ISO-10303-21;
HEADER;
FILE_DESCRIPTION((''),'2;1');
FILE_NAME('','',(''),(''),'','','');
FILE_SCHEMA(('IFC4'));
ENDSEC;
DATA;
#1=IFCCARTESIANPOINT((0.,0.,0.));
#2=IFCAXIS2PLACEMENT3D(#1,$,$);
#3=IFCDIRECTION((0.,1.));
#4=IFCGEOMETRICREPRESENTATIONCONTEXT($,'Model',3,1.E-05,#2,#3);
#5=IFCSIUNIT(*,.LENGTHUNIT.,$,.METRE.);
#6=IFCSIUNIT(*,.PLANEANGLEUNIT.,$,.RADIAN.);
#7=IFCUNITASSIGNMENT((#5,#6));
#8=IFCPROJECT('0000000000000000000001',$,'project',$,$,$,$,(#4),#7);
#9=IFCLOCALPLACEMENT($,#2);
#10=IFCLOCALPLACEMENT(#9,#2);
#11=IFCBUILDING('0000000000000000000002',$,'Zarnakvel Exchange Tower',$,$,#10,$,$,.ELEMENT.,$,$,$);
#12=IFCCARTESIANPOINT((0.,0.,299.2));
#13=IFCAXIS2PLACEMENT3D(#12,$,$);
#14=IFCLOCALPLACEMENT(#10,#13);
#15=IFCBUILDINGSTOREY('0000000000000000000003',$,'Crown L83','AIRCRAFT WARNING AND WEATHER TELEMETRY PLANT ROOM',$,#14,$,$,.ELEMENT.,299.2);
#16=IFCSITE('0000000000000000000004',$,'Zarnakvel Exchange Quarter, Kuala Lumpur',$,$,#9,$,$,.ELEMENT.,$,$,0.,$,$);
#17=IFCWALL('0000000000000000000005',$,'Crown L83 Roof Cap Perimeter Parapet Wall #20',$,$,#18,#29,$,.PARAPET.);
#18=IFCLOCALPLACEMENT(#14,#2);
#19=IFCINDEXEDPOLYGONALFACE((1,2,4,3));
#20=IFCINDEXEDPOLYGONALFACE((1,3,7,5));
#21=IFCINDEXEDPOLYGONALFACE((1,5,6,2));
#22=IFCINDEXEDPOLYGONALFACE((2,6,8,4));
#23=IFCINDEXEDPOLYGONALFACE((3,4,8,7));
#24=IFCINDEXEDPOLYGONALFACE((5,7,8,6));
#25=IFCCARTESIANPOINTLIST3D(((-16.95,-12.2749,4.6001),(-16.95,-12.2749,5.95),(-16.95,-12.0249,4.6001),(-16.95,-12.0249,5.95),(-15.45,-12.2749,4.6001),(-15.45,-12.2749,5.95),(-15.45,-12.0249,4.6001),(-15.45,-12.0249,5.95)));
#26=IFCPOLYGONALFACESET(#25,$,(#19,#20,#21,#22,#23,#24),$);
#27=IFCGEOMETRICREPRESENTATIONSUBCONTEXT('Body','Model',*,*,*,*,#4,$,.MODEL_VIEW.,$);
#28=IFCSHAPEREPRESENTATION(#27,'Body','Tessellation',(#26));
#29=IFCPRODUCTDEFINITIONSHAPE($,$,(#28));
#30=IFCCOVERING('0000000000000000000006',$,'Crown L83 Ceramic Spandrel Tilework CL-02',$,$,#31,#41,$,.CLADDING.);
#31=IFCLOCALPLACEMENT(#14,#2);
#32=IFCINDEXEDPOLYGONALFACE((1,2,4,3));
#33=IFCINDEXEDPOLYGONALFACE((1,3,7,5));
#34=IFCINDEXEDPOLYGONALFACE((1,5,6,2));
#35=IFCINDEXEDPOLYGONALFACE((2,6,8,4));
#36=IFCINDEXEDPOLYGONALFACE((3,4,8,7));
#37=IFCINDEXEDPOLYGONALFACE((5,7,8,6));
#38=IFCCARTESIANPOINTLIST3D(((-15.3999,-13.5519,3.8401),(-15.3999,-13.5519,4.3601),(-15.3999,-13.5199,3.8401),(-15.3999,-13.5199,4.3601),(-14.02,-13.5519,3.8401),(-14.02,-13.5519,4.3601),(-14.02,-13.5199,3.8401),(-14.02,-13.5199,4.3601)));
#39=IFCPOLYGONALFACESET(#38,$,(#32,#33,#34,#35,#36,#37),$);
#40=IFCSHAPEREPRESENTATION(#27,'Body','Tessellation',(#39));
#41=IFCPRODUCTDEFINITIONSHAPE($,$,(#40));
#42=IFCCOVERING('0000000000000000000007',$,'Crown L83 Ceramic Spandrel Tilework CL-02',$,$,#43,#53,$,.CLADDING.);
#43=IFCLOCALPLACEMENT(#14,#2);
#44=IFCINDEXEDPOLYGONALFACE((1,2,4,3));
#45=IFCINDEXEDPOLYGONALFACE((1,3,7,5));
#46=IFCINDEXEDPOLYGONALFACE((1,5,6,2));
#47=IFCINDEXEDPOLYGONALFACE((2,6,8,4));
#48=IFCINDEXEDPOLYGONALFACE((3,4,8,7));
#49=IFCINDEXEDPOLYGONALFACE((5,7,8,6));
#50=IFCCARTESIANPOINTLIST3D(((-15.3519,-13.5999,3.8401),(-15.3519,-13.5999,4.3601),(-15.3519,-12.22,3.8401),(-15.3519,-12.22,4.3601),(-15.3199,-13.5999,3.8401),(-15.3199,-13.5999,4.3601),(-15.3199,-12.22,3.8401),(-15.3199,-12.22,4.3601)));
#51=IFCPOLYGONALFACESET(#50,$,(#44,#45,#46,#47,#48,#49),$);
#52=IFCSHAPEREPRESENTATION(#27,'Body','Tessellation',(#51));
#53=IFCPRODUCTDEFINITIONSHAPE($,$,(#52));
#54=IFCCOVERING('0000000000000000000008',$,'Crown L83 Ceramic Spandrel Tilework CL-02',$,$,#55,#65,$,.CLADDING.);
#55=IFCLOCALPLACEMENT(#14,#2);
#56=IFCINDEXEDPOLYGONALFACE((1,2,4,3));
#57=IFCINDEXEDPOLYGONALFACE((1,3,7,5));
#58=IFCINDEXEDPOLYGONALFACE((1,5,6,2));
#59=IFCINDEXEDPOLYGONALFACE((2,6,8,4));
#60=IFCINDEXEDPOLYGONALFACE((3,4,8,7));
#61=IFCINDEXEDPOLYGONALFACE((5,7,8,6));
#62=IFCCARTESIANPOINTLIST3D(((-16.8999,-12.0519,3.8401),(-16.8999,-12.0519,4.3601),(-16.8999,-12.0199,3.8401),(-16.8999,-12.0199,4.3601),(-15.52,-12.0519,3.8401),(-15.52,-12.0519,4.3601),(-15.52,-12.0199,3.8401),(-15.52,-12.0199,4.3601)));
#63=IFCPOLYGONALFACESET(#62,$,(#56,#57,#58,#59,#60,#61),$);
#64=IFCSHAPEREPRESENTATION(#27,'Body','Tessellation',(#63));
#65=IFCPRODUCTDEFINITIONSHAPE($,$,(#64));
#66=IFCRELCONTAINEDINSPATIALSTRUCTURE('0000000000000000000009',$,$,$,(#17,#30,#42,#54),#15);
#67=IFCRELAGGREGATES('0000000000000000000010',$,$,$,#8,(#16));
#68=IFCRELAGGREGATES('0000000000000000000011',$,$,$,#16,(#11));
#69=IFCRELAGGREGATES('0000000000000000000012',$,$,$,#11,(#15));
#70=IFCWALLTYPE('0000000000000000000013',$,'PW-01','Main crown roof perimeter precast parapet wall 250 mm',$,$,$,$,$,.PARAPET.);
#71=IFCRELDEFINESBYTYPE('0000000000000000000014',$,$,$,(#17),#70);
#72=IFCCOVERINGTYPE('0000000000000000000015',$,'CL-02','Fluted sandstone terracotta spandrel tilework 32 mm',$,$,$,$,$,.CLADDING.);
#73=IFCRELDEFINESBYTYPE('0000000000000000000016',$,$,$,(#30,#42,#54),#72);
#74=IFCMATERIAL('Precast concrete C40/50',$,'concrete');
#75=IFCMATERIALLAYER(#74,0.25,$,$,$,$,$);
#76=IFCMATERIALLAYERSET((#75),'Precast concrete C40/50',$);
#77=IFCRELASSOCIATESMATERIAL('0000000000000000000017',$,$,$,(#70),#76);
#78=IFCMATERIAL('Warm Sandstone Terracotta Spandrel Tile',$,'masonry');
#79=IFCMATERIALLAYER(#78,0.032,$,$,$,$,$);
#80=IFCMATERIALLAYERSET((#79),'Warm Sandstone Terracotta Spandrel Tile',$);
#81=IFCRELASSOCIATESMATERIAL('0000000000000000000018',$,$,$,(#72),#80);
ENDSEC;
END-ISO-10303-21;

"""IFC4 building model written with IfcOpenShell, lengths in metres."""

from ifc_helpers import new_model, si_unit, direction, frame, frame_2d, origin, origin_2d, place, context, subcontext, project, spatial, rectangle, extrude, source, transform, mapped, material, layer, layer_set, type_object, element, save


model = new_model("IFC4")

# Units and contexts
model_context = context("Model", 3, precision=1e-05, world=origin(), true_north=direction((0.0, 1.0)))
body_context = subcontext(model_context, "Body", "Model", "MODEL_VIEW")
ifc_project = project(units=[si_unit("LENGTHUNIT", "METRE"), si_unit("PLANEANGLEUNIT", "RADIAN")], contexts=[model_context])

# Site, building, storey
site_placement = place(None, origin())
site = spatial("IfcSite", under=ifc_project, at=site_placement, Name="Zarnakvel Exchange Quarter, Kuala Lumpur", CompositionType="ELEMENT", RefElevation=0.0)
building_placement = place(site_placement, origin())
building = spatial("IfcBuilding", under=site, at=building_placement, Name="Zarnakvel Exchange Tower", CompositionType="ELEMENT")
storey_placement = place(building_placement, frame((0.0, 0.0, 299.2)))
storey = spatial("IfcBuildingStorey", under=building, at=storey_placement, Name="Crown L83", Description="AIRCRAFT WARNING AND WEATHER TELEMETRY PLANT ROOM", CompositionType="ELEMENT", Elevation=299.2)

# Wall
ifc_material_1 = material(Name="Precast concrete C40/50", Category="concrete")
ifc_layer_1 = layer(ifc_material_1, 0.25)
ifc_layer_set_1 = layer_set([ifc_layer_1], Name="Precast concrete C40/50")
wall_type_1 = type_object("IfcWallType", Name="PW-01", Description="Main crown roof perimeter precast parapet wall 250 mm", PredefinedType="PARAPET", material=ifc_layer_set_1)
for number, where, z_axis, x_axis, name in (
    (1, (-15.45, -12.1499, 4.6001), (0.0, 0.0, 1.0), (-1.0, 0.0, 0.0), "Crown L83 Roof Cap Perimeter Parapet Wall #20"),
):
    element("IfcWall", number, at=place(storey_placement, frame(where, z_axis=z_axis, x_axis=x_axis)), inside=storey, type_object=wall_type_1, Name=name, PredefinedType="PARAPET", context=body_context, shape_type="SweptSolid", body=[
        extrude(rectangle(XDim=1.5, YDim=0.25, at=frame_2d((0.75, 0.0))), origin(), (0.0, 0.0, 1.0), 1.3499),
    ])

# Coverings
ifc_material_2 = material(Name="Warm Sandstone Terracotta Spandrel Tile", Category="masonry")
ifc_layer_2 = layer(ifc_material_2, 0.032)
ifc_layer_set_2 = layer_set([ifc_layer_2], Name="Warm Sandstone Terracotta Spandrel Tile")
covering_type = type_object("IfcCoveringType", Name="CL-02", Description="Fluted sandstone terracotta spandrel tilework 32 mm", PredefinedType="CLADDING", material=ifc_layer_set_2)
shared_shape_1 = source(origin(), body_context, "Body", "SweptSolid", [
    extrude(rectangle(XDim=1.3799, YDim=0.032, at=origin_2d()), origin(), (0.0, 0.0, 1.0), 0.52),
])
for number, where, z_axis, x_axis, name in (
    (2, (-14.71, -13.5359, 3.8401), (0.0, 0.0, 1.0), (1.0, 0.0, 0.0), "Crown L83 Ceramic Spandrel Tilework CL-02"),
    (3, (-15.3359, -12.9099, 3.8401), (0.0, 0.0, 1.0), (0.0, -1.0, 0.0), "Crown L83 Ceramic Spandrel Tilework CL-02"),
    (4, (-16.21, -12.0359, 3.8401), (0.0, 0.0, 1.0), (1.0, 0.0, 0.0), "Crown L83 Ceramic Spandrel Tilework CL-02"),
):
    element("IfcCovering", number, at=place(storey_placement, frame(where, z_axis=z_axis, x_axis=x_axis)), inside=storey, type_object=covering_type, Name=name, PredefinedType="CLADDING", context=body_context, shape_type="MappedRepresentation", body=[
        mapped(shared_shape_1, transform((0.0, 0.0, 0.0), x_axis=(1.0, 0.0, 0.0), y_axis=(0.0, 1.0, 0.0), z_axis=(0.0, 0.0, 1.0), scale=1.0)),
    ])

save(model, "model.ifc")
